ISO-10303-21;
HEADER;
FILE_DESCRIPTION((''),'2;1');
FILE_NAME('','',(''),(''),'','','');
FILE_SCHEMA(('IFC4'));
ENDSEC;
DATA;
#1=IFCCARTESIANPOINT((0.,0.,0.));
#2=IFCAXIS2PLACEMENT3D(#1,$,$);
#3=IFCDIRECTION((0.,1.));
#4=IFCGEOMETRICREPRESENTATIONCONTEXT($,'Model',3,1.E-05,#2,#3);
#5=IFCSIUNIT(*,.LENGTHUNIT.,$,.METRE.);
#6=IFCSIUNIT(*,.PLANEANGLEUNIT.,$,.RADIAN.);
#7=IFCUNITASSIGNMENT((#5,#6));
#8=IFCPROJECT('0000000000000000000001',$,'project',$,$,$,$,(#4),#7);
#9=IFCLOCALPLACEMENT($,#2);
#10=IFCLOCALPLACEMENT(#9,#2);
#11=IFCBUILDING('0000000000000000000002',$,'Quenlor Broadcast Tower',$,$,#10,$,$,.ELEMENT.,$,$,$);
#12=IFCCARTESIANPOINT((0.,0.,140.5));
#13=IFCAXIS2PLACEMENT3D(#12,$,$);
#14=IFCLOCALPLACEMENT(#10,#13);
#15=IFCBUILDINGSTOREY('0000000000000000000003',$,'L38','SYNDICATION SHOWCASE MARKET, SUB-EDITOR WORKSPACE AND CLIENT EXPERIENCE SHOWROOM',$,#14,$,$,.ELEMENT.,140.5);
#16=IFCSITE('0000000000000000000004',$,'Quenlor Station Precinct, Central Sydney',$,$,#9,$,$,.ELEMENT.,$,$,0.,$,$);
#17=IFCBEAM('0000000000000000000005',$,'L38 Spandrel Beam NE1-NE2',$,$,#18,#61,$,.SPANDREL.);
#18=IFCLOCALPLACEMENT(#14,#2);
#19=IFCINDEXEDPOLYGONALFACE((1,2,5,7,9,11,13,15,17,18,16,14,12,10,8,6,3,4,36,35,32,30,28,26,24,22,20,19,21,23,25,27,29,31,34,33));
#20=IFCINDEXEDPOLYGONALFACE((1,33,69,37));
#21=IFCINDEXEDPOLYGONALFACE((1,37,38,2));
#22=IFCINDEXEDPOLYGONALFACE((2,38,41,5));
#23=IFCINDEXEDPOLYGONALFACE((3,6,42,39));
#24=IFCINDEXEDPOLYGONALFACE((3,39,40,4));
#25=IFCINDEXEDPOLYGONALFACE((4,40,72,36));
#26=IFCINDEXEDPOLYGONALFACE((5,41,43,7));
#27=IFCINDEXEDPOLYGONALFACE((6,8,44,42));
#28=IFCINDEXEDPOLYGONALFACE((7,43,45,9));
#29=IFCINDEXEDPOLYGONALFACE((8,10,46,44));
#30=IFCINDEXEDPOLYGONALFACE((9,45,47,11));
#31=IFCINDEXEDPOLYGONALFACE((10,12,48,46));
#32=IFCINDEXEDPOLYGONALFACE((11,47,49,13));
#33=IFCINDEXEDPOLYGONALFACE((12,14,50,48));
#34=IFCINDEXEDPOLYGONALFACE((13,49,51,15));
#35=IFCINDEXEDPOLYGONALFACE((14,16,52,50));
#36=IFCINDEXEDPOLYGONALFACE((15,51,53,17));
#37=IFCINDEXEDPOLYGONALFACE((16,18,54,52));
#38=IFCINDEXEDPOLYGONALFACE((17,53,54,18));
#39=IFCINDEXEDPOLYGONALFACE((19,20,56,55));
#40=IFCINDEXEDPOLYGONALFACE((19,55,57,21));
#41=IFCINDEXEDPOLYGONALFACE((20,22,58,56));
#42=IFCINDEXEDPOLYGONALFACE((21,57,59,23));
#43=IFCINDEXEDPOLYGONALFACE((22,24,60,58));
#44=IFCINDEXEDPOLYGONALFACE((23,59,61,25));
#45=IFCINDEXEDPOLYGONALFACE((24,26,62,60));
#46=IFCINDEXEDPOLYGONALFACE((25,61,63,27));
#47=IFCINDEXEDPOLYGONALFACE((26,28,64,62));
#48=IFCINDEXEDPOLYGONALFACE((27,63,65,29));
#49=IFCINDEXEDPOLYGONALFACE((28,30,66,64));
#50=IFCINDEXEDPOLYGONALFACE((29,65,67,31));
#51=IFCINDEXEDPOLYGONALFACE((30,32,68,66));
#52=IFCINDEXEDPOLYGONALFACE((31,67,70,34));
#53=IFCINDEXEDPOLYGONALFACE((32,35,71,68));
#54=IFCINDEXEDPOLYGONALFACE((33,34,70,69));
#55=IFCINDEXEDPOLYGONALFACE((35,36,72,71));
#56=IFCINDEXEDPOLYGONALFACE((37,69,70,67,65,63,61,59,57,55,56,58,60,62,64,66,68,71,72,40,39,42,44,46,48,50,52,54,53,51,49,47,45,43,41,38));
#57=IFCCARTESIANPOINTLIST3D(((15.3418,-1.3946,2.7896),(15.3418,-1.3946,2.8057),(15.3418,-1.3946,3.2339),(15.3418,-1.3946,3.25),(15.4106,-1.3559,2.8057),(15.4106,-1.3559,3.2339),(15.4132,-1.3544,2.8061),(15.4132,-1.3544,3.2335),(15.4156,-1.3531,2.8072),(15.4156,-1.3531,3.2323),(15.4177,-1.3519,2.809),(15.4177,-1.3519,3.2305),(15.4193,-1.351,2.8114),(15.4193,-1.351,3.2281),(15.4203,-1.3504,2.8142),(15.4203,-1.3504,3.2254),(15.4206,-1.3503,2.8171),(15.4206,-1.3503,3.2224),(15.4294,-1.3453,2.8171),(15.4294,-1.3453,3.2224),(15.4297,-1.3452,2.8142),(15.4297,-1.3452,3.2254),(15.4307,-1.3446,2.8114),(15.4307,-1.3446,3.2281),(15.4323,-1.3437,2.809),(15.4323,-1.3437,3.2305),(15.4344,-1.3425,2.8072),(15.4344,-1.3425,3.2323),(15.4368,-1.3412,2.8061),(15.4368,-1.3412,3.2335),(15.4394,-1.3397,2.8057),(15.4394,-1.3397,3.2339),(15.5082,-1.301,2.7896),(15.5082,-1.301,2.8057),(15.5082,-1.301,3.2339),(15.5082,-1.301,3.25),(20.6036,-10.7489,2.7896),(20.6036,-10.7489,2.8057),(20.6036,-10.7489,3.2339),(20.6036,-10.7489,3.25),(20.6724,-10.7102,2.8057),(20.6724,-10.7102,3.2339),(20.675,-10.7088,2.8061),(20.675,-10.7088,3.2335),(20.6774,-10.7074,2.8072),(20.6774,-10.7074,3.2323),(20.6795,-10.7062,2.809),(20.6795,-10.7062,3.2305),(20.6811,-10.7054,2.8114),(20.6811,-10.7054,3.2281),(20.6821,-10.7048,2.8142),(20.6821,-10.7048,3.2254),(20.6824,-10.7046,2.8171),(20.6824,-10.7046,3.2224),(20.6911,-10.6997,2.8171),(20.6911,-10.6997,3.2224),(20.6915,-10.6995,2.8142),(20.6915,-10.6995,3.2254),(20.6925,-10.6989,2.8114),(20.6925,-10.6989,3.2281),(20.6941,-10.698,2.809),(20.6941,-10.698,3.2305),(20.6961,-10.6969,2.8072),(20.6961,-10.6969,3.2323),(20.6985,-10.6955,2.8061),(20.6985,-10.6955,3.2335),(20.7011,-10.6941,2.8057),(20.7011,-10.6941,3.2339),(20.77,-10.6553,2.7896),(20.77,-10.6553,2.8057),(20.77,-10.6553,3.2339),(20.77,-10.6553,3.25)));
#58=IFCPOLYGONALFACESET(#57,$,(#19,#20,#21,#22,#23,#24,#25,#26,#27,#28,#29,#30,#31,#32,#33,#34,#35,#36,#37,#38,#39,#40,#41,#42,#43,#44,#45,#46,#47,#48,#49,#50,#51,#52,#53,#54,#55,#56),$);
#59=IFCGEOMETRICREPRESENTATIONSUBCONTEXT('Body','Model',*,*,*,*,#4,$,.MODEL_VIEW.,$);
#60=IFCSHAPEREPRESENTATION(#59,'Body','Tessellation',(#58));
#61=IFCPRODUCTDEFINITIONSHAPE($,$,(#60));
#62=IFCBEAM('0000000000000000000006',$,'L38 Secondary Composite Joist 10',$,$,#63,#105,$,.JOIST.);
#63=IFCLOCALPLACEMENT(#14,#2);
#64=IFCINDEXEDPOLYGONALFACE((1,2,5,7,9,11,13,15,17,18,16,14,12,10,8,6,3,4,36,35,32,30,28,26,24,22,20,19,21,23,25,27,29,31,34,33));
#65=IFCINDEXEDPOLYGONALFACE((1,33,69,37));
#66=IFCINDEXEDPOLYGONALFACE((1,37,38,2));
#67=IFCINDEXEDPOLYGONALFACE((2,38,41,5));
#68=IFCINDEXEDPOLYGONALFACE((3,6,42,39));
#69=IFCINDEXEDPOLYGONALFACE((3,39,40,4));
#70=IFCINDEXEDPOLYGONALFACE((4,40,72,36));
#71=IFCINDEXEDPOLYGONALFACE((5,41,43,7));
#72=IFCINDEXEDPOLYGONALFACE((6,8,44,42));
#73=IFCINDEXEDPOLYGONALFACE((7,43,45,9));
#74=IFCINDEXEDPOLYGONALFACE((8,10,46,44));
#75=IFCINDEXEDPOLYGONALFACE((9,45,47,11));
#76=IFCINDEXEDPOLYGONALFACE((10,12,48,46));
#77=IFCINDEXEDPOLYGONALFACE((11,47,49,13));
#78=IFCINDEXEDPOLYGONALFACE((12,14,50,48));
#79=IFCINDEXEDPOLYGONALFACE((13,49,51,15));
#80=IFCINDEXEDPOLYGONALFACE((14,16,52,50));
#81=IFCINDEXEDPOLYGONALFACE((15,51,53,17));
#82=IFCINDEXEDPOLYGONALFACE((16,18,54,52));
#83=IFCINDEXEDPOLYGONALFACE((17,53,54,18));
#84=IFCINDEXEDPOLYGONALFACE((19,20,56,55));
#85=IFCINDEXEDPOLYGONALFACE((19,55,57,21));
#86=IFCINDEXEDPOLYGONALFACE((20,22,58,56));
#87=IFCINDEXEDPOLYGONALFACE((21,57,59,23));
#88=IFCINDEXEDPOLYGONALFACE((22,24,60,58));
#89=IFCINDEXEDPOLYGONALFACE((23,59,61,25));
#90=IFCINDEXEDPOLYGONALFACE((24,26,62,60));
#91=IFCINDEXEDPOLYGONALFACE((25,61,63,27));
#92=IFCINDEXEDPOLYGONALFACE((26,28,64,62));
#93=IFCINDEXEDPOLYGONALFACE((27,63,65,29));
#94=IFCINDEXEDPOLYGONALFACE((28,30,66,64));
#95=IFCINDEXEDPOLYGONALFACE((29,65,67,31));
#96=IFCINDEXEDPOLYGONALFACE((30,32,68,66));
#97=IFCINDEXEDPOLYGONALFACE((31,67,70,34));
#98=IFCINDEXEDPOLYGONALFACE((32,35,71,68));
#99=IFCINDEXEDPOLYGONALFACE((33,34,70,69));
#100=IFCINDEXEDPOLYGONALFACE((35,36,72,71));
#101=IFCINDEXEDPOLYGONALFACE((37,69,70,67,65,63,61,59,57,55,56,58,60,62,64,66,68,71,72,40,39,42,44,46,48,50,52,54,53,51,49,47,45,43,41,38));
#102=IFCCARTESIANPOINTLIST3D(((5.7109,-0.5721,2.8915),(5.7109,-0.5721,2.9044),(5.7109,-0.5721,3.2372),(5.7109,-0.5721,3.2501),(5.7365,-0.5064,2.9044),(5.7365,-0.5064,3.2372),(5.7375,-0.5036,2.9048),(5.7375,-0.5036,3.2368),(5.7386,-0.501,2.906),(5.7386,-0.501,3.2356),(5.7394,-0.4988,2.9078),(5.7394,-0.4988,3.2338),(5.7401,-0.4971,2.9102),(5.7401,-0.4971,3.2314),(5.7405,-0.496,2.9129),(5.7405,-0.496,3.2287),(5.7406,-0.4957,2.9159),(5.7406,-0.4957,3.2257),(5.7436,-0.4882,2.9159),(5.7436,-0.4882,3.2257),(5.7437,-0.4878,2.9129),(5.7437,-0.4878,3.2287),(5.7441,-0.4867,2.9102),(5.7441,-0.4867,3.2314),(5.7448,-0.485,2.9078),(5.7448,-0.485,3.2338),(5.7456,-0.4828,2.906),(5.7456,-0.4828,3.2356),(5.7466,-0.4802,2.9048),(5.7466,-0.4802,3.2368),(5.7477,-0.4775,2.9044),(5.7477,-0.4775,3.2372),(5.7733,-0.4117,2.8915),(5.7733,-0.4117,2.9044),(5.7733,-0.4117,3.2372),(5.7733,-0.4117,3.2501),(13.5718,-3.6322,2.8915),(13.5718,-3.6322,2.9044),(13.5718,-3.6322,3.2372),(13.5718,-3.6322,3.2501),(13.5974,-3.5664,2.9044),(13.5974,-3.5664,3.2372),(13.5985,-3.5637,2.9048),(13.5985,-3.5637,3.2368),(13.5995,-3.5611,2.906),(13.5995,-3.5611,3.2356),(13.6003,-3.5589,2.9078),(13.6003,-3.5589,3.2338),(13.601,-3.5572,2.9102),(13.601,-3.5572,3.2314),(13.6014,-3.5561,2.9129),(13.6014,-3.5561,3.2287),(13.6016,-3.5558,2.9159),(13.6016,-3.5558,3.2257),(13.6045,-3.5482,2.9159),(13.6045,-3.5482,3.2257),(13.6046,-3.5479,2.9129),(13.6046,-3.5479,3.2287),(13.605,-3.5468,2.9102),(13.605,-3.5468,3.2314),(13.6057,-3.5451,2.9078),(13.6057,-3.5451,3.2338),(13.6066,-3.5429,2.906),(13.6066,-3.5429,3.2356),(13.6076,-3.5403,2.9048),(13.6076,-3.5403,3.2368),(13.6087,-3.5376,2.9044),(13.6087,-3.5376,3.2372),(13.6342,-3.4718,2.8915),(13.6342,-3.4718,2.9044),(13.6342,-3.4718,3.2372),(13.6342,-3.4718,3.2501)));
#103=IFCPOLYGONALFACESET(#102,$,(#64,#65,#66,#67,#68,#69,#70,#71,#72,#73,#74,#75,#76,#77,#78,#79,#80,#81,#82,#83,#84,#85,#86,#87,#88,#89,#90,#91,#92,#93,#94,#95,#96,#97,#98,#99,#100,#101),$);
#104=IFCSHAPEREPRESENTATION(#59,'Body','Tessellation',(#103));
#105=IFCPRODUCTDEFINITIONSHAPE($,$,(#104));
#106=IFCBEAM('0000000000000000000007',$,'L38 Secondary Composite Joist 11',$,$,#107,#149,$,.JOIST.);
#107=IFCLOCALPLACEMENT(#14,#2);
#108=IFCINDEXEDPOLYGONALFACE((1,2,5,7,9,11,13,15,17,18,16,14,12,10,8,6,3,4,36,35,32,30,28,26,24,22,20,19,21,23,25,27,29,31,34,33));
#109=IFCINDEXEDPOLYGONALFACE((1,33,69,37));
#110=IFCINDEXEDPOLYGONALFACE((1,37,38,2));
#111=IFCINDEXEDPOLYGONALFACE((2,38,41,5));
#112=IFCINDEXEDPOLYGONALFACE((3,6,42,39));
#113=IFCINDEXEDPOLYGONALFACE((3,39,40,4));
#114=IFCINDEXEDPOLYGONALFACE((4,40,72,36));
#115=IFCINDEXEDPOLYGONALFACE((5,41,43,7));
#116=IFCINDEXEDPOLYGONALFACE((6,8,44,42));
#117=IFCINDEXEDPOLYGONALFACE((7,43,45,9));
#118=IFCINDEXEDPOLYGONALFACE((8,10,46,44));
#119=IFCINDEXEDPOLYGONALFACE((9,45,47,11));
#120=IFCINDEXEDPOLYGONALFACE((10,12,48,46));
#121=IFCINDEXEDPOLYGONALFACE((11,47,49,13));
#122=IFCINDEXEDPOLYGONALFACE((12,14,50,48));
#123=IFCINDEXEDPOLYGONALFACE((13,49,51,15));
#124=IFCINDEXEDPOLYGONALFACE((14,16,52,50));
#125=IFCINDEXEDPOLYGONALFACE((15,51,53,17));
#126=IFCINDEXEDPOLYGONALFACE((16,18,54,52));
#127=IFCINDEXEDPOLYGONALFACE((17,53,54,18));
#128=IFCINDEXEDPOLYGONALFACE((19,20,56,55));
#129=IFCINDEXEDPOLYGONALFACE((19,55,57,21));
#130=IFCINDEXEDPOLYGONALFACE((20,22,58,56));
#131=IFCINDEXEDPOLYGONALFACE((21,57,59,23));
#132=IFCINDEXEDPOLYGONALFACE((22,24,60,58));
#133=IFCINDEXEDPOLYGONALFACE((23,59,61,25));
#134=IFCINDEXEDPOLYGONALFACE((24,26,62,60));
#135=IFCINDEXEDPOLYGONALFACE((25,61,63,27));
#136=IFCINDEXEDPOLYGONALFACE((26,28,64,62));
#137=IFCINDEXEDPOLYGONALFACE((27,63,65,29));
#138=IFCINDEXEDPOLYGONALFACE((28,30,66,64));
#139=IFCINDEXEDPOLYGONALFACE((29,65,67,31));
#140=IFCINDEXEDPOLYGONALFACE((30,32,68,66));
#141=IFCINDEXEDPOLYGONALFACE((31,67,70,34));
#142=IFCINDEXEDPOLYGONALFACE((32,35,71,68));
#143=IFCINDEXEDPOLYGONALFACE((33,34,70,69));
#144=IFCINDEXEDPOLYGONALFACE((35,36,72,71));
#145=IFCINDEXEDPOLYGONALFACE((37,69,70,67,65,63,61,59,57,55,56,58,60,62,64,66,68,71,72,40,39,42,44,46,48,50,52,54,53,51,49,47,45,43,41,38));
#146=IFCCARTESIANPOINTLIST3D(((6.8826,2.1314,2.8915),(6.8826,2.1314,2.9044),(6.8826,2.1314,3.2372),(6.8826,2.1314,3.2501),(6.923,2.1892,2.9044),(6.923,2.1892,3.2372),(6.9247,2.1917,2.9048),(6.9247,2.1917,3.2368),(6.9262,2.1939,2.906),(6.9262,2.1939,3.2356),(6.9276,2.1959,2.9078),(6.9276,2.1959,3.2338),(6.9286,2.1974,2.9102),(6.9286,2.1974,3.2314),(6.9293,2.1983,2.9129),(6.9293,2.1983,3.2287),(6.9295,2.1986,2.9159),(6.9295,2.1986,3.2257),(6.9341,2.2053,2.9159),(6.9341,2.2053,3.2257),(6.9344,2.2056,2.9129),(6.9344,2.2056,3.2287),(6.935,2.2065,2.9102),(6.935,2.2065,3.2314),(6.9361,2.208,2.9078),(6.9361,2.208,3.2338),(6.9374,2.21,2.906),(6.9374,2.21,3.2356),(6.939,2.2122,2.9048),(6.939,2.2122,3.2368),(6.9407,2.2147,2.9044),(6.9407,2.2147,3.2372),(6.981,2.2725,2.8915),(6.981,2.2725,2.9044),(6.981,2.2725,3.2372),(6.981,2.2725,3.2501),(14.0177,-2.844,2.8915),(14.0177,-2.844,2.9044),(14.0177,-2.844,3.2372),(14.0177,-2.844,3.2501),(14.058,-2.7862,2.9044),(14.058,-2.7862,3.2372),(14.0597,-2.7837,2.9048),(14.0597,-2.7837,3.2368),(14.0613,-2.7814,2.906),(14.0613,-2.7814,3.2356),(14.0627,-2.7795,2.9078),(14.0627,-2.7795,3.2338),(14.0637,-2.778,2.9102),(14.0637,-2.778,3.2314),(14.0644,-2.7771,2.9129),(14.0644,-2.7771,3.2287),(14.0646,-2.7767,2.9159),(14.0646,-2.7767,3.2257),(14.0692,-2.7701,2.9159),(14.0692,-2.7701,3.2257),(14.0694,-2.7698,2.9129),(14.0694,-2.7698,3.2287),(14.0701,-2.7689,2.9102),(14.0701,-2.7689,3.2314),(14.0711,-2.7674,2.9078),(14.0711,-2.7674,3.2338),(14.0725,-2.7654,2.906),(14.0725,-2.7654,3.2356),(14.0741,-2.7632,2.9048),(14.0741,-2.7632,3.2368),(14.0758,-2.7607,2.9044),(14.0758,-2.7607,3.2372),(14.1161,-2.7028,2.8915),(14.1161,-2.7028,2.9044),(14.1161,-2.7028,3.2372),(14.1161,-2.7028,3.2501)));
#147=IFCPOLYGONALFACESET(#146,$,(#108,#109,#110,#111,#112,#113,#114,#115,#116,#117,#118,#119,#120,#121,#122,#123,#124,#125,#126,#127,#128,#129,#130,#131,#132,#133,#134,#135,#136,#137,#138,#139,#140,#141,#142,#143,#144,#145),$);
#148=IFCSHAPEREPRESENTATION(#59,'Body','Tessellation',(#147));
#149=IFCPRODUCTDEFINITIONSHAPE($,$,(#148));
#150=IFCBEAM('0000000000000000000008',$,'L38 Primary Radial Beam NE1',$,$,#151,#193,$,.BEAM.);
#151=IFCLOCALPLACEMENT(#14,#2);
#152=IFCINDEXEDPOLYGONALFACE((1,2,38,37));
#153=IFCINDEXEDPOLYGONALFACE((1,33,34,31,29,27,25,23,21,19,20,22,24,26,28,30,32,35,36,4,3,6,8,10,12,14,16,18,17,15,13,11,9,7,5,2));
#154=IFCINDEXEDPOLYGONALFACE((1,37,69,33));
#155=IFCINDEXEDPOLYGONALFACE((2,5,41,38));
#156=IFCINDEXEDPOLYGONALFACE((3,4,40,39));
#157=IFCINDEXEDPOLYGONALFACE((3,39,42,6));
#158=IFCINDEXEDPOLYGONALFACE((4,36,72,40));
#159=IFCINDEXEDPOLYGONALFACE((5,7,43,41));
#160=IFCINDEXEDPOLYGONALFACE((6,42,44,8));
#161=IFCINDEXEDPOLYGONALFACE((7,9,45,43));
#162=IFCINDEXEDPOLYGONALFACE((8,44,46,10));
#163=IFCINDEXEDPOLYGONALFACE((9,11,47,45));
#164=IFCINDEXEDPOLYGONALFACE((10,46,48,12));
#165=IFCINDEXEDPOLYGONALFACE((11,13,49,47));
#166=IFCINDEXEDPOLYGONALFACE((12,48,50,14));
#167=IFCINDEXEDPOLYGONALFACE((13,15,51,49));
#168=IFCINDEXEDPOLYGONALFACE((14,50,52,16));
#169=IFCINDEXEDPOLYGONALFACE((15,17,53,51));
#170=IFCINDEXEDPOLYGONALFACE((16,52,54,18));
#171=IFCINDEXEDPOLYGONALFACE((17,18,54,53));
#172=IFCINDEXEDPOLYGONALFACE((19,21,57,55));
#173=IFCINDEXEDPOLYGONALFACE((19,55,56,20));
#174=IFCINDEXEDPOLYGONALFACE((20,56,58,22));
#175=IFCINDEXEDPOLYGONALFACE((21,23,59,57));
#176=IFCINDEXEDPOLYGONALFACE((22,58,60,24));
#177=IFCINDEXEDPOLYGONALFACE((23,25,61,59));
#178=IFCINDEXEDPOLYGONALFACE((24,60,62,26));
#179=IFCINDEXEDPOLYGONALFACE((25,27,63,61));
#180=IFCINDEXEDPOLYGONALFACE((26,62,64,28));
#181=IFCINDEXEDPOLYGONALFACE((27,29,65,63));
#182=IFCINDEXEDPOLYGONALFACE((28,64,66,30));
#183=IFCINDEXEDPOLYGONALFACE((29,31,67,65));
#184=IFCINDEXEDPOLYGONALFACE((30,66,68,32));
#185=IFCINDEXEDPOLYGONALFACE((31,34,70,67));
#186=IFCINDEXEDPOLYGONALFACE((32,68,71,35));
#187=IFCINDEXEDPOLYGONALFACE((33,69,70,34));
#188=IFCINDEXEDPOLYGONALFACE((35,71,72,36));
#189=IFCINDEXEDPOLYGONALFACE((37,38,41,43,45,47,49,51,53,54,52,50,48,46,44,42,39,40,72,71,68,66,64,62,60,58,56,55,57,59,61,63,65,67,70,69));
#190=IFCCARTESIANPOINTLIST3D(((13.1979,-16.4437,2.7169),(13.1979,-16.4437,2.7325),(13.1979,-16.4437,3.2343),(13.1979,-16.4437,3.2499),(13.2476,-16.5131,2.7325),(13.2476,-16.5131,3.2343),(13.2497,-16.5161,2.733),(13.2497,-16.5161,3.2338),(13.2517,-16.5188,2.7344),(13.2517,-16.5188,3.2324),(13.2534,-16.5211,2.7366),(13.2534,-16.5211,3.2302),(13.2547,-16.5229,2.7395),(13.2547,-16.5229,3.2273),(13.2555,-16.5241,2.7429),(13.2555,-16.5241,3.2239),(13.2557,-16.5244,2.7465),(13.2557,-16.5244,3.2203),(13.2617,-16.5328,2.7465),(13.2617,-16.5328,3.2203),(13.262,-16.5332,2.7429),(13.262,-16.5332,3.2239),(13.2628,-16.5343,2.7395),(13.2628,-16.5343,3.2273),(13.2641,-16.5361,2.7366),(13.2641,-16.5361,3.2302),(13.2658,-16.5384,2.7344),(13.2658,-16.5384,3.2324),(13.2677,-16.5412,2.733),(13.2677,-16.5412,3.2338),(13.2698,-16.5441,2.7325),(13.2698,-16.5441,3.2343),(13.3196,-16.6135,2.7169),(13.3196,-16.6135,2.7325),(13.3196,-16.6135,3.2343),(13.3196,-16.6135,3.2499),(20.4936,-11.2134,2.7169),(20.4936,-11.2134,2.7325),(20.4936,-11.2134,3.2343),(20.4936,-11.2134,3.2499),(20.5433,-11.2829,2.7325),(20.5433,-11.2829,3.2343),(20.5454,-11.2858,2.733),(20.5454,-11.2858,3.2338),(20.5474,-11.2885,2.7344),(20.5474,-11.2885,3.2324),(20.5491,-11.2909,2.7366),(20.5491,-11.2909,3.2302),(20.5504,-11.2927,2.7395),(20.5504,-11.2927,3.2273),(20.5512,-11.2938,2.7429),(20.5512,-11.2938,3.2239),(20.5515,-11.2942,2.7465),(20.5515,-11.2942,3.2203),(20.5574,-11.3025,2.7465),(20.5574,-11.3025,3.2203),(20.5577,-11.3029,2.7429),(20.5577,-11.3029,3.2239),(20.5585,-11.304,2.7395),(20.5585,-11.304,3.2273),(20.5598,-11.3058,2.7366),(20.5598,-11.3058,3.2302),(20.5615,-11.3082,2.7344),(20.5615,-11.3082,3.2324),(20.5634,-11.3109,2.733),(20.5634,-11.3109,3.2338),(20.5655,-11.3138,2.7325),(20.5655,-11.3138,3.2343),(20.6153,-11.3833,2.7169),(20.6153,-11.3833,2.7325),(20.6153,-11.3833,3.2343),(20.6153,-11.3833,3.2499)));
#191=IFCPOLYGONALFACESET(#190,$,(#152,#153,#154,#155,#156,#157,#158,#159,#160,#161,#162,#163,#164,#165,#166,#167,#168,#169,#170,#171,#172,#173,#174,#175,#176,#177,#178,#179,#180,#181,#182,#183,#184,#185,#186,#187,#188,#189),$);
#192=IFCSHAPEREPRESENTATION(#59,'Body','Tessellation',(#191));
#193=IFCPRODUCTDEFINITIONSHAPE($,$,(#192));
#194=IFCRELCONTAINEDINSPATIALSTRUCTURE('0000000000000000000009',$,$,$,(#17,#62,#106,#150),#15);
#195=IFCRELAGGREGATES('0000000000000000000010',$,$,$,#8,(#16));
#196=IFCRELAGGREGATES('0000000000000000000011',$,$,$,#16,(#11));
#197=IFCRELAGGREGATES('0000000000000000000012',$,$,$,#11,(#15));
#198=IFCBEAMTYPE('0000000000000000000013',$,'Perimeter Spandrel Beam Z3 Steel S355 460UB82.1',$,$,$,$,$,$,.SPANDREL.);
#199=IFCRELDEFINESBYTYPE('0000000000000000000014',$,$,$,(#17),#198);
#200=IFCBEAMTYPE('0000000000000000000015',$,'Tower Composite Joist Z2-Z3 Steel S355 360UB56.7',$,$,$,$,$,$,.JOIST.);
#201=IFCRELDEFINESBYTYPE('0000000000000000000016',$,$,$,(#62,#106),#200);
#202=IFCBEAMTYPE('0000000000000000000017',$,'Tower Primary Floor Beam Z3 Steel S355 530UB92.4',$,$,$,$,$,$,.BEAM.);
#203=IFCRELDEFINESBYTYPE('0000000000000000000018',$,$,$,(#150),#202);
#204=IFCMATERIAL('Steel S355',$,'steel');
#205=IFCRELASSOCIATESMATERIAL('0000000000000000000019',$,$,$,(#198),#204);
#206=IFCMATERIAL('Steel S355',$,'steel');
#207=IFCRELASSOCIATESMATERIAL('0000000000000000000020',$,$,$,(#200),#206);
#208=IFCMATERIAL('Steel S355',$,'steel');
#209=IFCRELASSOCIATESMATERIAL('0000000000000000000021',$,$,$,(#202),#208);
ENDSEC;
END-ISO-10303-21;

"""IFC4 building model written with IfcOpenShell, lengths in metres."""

from ifc_helpers import new_model, si_unit, direction, frame, origin, origin_2d, place, context, subcontext, project, spatial, i_section, extrude, material, material_profile, profile_set, type_object, element, save


model = new_model("IFC4")

# Units and contexts
model_context = context("Model", 3, precision=1e-05, world=origin(), true_north=direction((0.0, 1.0)))
body_context = subcontext(model_context, "Body", "Model", "MODEL_VIEW")
ifc_project = project(units=[si_unit("LENGTHUNIT", "METRE"), si_unit("PLANEANGLEUNIT", "RADIAN")], contexts=[model_context])

# Site, building, storey
site_placement = place(None, origin())
site = spatial("IfcSite", under=ifc_project, at=site_placement, Name="Quenlor Station Precinct, Central Sydney", CompositionType="ELEMENT", RefElevation=0.0)
building_placement = place(site_placement, origin())
building = spatial("IfcBuilding", under=site, at=building_placement, Name="Quenlor Broadcast Tower", CompositionType="ELEMENT")
storey_placement = place(building_placement, frame((0.0, 0.0, 140.5)))
storey = spatial("IfcBuildingStorey", under=building, at=storey_placement, Name="L38", Description="SYNDICATION SHOWCASE MARKET, SUB-EDITOR WORKSPACE AND CLIENT EXPERIENCE SHOWROOM", CompositionType="ELEMENT", Elevation=140.5)

# Beams
ifc_material_1 = material(Name="Steel S355", Category="steel")
ifc_material_profile_1 = material_profile(ifc_material_1, i_section(OverallWidth=0.1909, OverallDepth=0.4604, WebThickness=0.01, FlangeThickness=0.0161, FilletRadius=0.0115, at=origin_2d()))
ifc_profile_set_1 = profile_set([ifc_material_profile_1], Name="Steel S355 460UB82.1")
beam_type_1 = type_object("IfcBeamType", Name="Perimeter Spandrel Beam Z3 Steel S355 460UB82.1", PredefinedType="SPANDREL", material=ifc_profile_set_1)
beam_1_placement = place(storey_placement, frame((20.6868, -10.7021, 3.0198), z_axis=(-0.490258, 0.871577, 0.0), x_axis=(-0.871577, -0.490258, 0.0)))
element("IfcBeam", 1, at=beam_1_placement, inside=storey, type_object=beam_type_1, Name="L38 Spandrel Beam NE1-NE2", PredefinedType="SPANDREL", context=body_context, shape_type="SweptSolid", body=[
    extrude(i_section(OverallWidth=0.1909, OverallDepth=0.4604, WebThickness=0.01, FlangeThickness=0.0161, FilletRadius=0.0115, at=origin_2d()), origin(), (0.0, 0.0, 1.0), 10.7327),
])
ifc_material_2 = material(Name="Steel S355", Category="steel")
ifc_material_profile_2 = material_profile(ifc_material_2, i_section(OverallWidth=0.1721, OverallDepth=0.3586, WebThickness=0.0081, FlangeThickness=0.0129, FilletRadius=0.0115, at=origin_2d()))
ifc_profile_set_2 = profile_set([ifc_material_profile_2], Name="Steel S355 360UB56.7")
beam_type_2 = type_object("IfcBeamType", Name="Tower Composite Joist Z2-Z3 Steel S355 360UB56.7", PredefinedType="JOIST", material=ifc_profile_set_2)
beam_2_placement = place(storey_placement, frame((13.603, -3.552, 3.0708), z_axis=(-0.931882, 0.362762, 0.0), x_axis=(-0.362762, -0.931882, 0.0)))
element("IfcBeam", 2, at=beam_2_placement, inside=storey, type_object=beam_type_2, Name="L38 Secondary Composite Joist 10", PredefinedType="JOIST", context=body_context, shape_type="SweptSolid", body=[
    extrude(i_section(OverallWidth=0.1721, OverallDepth=0.3586, WebThickness=0.0081, FlangeThickness=0.0129, FilletRadius=0.0115, at=origin_2d()), origin(), (0.0, 0.0, 1.0), 8.4355),
])
beam_3_placement = place(storey_placement, frame((14.0669, -2.7734, 3.0708), z_axis=(-0.820266, 0.571983, 0.0), x_axis=(-0.571983, -0.820266, 0.0)))
element("IfcBeam", 3, at=beam_3_placement, inside=storey, type_object=beam_type_2, Name="L38 Secondary Composite Joist 11", PredefinedType="JOIST", context=body_context, shape_type="SweptSolid", body=[
    extrude(i_section(OverallWidth=0.1721, OverallDepth=0.3586, WebThickness=0.0081, FlangeThickness=0.0129, FilletRadius=0.0115, at=origin_2d()), origin(), (0.0, 0.0, 1.0), 8.6985),
])
ifc_material_3 = material(Name="Steel S355", Category="steel")
ifc_material_profile_3 = material_profile(ifc_material_3, i_section(OverallWidth=0.209, OverallDepth=0.533, WebThickness=0.0103, FlangeThickness=0.0156, FilletRadius=0.0139, at=origin_2d()))
ifc_profile_set_3 = profile_set([ifc_material_profile_3], Name="Steel S355 530UB92.4")
beam_type_3 = type_object("IfcBeamType", Name="Tower Primary Floor Beam Z3 Steel S355 530UB92.4", PredefinedType="BEAM", material=ifc_profile_set_3)
beam_4_placement = place(storey_placement, frame((20.5544, -11.2983, 2.9834), z_axis=(-0.812729, -0.582642, 0.0), x_axis=(0.582642, -0.812729, 0.0)))
element("IfcBeam", 4, at=beam_4_placement, inside=storey, type_object=beam_type_3, Name="L38 Primary Radial Beam NE1", PredefinedType="BEAM", context=body_context, shape_type="SweptSolid", body=[
    extrude(i_section(OverallWidth=0.209, OverallDepth=0.533, WebThickness=0.0103, FlangeThickness=0.0156, FilletRadius=0.0139, at=origin_2d()), origin(), (0.0, 0.0, 1.0), 8.9768),
])

save(model, "model.ifc")
